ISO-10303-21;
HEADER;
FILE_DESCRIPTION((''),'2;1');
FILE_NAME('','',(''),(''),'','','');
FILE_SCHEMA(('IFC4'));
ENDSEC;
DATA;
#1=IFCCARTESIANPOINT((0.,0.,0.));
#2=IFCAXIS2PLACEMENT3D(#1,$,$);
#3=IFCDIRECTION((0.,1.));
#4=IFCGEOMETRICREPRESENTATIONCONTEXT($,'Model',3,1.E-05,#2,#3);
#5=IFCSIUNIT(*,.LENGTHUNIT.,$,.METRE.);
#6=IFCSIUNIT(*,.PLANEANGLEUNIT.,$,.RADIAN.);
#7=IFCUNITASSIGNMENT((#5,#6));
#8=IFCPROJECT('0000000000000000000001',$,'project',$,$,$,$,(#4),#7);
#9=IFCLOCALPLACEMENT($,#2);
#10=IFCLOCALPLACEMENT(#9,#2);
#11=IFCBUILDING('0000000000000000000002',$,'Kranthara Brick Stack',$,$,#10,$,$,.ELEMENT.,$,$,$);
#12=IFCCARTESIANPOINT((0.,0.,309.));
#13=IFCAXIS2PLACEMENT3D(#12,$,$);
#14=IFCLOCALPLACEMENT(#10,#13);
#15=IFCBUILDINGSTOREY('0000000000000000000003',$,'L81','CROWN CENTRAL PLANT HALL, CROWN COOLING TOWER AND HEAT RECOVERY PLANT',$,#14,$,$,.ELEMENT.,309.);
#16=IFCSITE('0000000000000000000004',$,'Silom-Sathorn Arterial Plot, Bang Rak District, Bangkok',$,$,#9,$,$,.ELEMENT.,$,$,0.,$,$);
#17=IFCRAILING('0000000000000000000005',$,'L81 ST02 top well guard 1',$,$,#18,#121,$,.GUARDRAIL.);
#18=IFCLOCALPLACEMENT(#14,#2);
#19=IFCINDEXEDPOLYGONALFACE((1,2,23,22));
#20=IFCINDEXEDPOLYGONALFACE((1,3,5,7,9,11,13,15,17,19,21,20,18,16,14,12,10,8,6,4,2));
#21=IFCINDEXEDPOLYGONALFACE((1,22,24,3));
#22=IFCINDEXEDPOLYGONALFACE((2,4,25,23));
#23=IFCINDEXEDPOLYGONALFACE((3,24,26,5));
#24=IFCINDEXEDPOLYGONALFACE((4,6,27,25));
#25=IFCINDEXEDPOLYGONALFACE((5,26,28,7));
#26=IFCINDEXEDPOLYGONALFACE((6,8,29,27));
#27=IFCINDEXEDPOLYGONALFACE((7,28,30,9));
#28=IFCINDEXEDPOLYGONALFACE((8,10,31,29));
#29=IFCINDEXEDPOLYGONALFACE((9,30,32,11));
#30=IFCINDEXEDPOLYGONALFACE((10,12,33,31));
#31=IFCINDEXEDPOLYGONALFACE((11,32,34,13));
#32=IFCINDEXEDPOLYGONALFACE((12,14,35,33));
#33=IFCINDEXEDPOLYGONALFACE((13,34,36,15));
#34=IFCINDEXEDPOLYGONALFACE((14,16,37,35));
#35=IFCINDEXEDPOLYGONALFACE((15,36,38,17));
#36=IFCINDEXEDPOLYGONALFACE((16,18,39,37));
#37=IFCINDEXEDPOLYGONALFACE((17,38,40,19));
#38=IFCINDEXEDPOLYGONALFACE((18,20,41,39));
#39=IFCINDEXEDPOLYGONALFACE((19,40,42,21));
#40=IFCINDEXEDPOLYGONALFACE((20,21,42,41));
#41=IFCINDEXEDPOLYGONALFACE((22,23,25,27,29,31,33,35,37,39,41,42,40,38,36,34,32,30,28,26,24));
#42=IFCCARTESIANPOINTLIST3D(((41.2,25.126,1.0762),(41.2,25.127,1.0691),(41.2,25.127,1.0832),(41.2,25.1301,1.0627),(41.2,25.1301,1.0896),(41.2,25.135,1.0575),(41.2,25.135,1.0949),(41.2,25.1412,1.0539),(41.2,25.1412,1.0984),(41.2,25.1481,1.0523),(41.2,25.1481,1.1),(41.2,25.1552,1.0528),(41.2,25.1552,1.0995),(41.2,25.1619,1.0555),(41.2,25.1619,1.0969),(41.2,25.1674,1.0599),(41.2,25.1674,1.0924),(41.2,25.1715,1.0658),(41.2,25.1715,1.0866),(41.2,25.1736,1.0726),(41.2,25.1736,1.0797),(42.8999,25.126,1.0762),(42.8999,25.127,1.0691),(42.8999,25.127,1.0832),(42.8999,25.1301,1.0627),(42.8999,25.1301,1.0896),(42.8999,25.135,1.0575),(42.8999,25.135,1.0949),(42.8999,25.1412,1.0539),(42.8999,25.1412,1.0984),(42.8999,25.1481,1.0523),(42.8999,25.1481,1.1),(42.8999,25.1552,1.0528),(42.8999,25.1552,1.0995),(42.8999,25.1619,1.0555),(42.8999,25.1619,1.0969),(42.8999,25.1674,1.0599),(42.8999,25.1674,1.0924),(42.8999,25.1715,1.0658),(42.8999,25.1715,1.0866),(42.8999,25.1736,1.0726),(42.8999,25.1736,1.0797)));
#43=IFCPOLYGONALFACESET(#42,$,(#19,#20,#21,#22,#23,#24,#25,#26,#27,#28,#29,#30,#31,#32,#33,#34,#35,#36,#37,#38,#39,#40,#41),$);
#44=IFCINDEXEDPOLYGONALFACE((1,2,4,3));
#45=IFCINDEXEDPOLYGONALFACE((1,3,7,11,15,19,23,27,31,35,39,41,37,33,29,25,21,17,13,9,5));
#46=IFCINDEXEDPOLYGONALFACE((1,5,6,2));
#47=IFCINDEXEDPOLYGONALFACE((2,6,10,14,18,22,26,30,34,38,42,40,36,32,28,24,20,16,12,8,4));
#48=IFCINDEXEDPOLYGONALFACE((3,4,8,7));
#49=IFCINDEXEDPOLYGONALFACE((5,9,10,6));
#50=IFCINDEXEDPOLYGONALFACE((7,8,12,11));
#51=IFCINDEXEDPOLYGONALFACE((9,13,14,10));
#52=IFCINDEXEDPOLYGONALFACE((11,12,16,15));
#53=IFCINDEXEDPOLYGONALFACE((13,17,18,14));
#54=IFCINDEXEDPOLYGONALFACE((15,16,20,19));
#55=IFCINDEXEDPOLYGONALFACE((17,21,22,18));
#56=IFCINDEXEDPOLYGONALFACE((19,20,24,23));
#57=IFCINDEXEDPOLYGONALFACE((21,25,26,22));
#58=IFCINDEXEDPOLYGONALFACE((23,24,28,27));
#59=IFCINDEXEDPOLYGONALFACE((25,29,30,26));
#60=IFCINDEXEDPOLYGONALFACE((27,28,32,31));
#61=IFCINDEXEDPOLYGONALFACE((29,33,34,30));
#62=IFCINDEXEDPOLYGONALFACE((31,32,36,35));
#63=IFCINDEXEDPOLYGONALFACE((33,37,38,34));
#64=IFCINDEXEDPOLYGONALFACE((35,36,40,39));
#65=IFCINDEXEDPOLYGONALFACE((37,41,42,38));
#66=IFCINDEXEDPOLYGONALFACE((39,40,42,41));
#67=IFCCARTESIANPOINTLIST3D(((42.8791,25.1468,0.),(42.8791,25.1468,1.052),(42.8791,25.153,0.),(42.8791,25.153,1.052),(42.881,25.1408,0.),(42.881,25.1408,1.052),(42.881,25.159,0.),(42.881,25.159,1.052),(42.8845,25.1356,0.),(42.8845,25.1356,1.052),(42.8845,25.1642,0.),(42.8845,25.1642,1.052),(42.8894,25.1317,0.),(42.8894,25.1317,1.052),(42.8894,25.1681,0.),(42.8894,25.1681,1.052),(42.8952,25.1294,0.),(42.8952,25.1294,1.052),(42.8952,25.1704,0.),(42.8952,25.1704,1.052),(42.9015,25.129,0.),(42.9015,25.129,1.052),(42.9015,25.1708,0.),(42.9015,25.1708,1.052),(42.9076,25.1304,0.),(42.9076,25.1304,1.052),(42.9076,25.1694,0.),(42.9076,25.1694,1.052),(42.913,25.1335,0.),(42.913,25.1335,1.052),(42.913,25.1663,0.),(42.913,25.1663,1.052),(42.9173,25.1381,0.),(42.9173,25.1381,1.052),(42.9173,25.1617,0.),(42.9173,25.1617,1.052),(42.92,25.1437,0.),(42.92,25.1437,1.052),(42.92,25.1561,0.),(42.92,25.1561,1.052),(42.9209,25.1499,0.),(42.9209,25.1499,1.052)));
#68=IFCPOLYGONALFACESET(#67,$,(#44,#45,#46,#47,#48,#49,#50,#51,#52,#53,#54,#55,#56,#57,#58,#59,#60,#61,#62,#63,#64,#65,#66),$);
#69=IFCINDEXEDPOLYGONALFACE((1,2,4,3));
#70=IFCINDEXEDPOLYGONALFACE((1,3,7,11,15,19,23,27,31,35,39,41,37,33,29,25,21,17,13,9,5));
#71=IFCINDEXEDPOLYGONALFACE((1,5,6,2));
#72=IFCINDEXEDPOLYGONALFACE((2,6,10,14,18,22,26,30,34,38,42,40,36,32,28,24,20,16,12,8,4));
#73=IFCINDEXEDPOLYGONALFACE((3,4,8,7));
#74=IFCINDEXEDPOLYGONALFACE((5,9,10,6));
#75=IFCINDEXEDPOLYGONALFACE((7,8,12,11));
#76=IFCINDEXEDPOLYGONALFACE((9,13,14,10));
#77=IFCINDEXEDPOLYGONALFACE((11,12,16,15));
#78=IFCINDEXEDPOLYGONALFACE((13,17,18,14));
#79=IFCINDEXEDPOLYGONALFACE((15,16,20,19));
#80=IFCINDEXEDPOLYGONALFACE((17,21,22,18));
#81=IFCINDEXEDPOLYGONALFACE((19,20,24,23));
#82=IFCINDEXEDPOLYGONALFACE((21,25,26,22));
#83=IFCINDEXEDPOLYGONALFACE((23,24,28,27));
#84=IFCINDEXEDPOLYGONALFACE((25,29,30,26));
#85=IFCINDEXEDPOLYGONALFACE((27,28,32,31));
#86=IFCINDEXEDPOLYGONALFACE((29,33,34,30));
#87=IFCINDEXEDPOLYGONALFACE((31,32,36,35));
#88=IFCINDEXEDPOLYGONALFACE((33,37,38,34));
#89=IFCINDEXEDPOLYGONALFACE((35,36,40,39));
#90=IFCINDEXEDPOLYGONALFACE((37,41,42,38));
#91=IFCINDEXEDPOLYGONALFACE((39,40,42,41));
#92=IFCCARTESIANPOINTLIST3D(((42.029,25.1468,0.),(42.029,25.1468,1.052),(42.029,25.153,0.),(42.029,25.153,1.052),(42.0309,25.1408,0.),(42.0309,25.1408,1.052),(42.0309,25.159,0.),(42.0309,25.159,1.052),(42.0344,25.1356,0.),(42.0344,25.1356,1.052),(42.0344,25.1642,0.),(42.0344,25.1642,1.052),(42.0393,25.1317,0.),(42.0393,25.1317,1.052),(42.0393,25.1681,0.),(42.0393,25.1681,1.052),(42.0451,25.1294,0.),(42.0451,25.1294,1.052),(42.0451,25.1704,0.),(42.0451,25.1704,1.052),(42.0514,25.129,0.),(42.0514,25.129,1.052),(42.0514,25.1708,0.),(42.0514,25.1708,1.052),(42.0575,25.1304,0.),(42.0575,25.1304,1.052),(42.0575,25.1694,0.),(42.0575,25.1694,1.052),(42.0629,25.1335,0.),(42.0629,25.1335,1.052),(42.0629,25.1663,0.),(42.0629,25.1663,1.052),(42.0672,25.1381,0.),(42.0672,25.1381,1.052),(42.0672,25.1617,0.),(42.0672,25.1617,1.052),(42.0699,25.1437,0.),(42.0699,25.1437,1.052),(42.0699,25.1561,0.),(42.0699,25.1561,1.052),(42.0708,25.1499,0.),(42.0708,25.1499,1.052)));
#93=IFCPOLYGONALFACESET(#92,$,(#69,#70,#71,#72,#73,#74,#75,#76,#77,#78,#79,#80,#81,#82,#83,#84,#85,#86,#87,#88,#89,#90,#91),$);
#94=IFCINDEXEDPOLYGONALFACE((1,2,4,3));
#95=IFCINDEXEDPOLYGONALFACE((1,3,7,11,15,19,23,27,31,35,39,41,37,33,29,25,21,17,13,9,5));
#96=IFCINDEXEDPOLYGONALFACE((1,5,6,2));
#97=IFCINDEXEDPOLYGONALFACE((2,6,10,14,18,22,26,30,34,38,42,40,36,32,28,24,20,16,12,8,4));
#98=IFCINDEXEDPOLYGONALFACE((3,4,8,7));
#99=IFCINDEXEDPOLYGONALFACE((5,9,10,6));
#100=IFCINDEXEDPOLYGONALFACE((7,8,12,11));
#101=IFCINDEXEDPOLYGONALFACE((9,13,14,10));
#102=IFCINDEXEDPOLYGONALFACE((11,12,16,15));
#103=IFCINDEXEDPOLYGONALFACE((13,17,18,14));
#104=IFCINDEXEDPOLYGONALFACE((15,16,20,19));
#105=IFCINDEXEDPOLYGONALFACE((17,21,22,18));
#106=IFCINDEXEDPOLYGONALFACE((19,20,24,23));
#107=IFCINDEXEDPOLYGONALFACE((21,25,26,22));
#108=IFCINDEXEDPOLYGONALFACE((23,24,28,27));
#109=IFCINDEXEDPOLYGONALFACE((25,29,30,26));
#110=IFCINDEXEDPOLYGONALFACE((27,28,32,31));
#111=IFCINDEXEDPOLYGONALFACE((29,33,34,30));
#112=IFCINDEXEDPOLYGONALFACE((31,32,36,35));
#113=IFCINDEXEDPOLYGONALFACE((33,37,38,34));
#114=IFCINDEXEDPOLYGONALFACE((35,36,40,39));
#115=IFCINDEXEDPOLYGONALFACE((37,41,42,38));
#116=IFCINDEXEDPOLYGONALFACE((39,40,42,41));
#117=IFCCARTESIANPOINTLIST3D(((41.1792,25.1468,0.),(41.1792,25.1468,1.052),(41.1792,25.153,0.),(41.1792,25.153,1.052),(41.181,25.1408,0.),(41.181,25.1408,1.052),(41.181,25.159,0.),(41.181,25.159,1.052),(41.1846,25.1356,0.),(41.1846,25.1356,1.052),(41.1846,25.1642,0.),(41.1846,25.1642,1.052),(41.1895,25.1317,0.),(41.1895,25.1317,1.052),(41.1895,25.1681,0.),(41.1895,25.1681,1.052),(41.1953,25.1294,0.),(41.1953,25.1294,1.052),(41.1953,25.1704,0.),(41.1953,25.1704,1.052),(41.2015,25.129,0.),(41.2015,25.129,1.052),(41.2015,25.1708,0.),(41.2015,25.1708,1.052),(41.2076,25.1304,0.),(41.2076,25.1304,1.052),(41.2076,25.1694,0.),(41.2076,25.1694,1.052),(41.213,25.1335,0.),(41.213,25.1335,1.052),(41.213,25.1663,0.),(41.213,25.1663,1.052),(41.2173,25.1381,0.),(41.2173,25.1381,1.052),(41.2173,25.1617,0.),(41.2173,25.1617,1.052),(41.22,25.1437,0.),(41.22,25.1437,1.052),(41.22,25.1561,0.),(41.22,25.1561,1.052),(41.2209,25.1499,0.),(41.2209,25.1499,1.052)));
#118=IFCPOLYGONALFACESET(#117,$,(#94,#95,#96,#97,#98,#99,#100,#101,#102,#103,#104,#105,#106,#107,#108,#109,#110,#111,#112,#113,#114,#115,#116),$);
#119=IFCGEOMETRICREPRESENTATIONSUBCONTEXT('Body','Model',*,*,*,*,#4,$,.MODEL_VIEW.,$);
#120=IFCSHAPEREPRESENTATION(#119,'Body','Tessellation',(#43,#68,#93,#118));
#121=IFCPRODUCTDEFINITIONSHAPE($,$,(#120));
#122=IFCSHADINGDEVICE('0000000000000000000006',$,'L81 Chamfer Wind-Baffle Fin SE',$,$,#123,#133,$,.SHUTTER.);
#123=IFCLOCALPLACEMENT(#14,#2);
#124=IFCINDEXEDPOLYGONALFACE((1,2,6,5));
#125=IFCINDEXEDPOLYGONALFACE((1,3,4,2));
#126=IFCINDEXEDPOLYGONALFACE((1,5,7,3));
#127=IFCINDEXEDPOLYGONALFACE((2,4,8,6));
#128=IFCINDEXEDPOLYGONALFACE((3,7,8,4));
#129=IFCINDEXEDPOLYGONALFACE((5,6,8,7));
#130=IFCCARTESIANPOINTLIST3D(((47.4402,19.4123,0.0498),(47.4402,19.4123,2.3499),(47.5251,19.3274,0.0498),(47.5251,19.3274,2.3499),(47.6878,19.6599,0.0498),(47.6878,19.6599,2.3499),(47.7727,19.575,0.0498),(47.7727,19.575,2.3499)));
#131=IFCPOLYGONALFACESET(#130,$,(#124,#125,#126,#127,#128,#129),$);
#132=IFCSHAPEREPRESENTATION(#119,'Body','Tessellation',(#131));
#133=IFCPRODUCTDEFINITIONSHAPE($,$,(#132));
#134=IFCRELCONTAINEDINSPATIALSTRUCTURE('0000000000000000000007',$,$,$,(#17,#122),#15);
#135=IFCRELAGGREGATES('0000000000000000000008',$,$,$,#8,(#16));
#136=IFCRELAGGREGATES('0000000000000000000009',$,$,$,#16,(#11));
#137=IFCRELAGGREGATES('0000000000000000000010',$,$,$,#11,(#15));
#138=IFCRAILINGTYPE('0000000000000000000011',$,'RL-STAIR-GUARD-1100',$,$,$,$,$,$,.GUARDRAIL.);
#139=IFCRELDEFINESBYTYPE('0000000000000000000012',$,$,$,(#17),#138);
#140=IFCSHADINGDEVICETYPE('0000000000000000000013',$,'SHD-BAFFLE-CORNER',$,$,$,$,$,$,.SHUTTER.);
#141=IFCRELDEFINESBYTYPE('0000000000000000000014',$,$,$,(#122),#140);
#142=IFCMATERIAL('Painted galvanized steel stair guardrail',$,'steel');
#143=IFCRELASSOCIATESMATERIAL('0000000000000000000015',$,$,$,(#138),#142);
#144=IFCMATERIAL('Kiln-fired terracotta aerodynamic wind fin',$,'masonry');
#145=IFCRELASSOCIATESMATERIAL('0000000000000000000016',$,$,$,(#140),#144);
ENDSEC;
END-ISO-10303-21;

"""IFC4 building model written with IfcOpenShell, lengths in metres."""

from ifc_helpers import new_model, si_unit, direction, frame, origin, origin_2d, place, context, subcontext, project, spatial, rectangle, circle, extrude, material, type_object, element, save


model = new_model("IFC4")

# Units and contexts
model_context = context("Model", 3, precision=1e-05, world=origin(), true_north=direction((0.0, 1.0)))
body_context = subcontext(model_context, "Body", "Model", "MODEL_VIEW")
ifc_project = project(units=[si_unit("LENGTHUNIT", "METRE"), si_unit("PLANEANGLEUNIT", "RADIAN")], contexts=[model_context])

# Site, building, storey
site_placement = place(None, origin())
site = spatial("IfcSite", under=ifc_project, at=site_placement, Name="Silom-Sathorn Arterial Plot, Bang Rak District, Bangkok", CompositionType="ELEMENT", RefElevation=0.0)
building_placement = place(site_placement, origin())
building = spatial("IfcBuilding", under=site, at=building_placement, Name="Kranthara Brick Stack", CompositionType="ELEMENT")
storey_placement = place(building_placement, frame((0.0, 0.0, 309.0)))
storey = spatial("IfcBuildingStorey", under=building, at=storey_placement, Name="L81", Description="CROWN CENTRAL PLANT HALL, CROWN COOLING TOWER AND HEAT RECOVERY PLANT", CompositionType="ELEMENT", Elevation=309.0)

# Railing
ifc_material_1 = material(Name="Painted galvanized steel stair guardrail", Category="steel")
railing_type = type_object("IfcRailingType", Name="RL-STAIR-GUARD-1100", PredefinedType="GUARDRAIL", material=ifc_material_1)
railing_placement = place(storey_placement, frame((42.8999, 25.1499, 0.0)))
element("IfcRailing", 1, at=railing_placement, inside=storey, type_object=railing_type, Name="L81 ST02 top well guard 1", PredefinedType="GUARDRAIL", context=body_context, shape_type="SweptSolid", body=[
    extrude(circle(Radius=0.0239, at=origin_2d()), frame((0.0, 0.0, 1.0762), z_axis=(-1.0, 0.0, 0.0), x_axis=(0.0, -1.0, 0.0)), (0.0, 0.0, 1.0), 1.7),
    extrude(circle(Radius=0.021, at=origin_2d()), origin(), (0.0, 0.0, 1.0), 1.052),
    extrude(circle(Radius=0.021, at=origin_2d()), frame((-0.8501, 0.0, 0.0)), (0.0, 0.0, 1.0), 1.052),
    extrude(circle(Radius=0.021, at=origin_2d()), frame((-1.7, 0.0, 0.0)), (0.0, 0.0, 1.0), 1.052),
])

# Shading device
ifc_material_2 = material(Name="Kiln-fired terracotta aerodynamic wind fin", Category="masonry")
shading_device_type = type_object("IfcShadingDeviceType", Name="SHD-BAFFLE-CORNER", PredefinedType="SHUTTER", material=ifc_material_2)
shading_device_placement = place(storey_placement, frame((47.6064, 19.4937, 0.0498), z_axis=(0.0, 0.0, 1.0), x_axis=(-0.707107, -0.707107, 0.0)))
element("IfcShadingDevice", 2, at=shading_device_placement, inside=storey, type_object=shading_device_type, Name="L81 Chamfer Wind-Baffle Fin SE", PredefinedType="SHUTTER", context=body_context, shape_type="SweptSolid", body=[
    extrude(rectangle(XDim=0.3501, YDim=0.1201, at=origin_2d()), origin(), (0.0, 0.0, 1.0), 2.3),
])

save(model, "model.ifc")
